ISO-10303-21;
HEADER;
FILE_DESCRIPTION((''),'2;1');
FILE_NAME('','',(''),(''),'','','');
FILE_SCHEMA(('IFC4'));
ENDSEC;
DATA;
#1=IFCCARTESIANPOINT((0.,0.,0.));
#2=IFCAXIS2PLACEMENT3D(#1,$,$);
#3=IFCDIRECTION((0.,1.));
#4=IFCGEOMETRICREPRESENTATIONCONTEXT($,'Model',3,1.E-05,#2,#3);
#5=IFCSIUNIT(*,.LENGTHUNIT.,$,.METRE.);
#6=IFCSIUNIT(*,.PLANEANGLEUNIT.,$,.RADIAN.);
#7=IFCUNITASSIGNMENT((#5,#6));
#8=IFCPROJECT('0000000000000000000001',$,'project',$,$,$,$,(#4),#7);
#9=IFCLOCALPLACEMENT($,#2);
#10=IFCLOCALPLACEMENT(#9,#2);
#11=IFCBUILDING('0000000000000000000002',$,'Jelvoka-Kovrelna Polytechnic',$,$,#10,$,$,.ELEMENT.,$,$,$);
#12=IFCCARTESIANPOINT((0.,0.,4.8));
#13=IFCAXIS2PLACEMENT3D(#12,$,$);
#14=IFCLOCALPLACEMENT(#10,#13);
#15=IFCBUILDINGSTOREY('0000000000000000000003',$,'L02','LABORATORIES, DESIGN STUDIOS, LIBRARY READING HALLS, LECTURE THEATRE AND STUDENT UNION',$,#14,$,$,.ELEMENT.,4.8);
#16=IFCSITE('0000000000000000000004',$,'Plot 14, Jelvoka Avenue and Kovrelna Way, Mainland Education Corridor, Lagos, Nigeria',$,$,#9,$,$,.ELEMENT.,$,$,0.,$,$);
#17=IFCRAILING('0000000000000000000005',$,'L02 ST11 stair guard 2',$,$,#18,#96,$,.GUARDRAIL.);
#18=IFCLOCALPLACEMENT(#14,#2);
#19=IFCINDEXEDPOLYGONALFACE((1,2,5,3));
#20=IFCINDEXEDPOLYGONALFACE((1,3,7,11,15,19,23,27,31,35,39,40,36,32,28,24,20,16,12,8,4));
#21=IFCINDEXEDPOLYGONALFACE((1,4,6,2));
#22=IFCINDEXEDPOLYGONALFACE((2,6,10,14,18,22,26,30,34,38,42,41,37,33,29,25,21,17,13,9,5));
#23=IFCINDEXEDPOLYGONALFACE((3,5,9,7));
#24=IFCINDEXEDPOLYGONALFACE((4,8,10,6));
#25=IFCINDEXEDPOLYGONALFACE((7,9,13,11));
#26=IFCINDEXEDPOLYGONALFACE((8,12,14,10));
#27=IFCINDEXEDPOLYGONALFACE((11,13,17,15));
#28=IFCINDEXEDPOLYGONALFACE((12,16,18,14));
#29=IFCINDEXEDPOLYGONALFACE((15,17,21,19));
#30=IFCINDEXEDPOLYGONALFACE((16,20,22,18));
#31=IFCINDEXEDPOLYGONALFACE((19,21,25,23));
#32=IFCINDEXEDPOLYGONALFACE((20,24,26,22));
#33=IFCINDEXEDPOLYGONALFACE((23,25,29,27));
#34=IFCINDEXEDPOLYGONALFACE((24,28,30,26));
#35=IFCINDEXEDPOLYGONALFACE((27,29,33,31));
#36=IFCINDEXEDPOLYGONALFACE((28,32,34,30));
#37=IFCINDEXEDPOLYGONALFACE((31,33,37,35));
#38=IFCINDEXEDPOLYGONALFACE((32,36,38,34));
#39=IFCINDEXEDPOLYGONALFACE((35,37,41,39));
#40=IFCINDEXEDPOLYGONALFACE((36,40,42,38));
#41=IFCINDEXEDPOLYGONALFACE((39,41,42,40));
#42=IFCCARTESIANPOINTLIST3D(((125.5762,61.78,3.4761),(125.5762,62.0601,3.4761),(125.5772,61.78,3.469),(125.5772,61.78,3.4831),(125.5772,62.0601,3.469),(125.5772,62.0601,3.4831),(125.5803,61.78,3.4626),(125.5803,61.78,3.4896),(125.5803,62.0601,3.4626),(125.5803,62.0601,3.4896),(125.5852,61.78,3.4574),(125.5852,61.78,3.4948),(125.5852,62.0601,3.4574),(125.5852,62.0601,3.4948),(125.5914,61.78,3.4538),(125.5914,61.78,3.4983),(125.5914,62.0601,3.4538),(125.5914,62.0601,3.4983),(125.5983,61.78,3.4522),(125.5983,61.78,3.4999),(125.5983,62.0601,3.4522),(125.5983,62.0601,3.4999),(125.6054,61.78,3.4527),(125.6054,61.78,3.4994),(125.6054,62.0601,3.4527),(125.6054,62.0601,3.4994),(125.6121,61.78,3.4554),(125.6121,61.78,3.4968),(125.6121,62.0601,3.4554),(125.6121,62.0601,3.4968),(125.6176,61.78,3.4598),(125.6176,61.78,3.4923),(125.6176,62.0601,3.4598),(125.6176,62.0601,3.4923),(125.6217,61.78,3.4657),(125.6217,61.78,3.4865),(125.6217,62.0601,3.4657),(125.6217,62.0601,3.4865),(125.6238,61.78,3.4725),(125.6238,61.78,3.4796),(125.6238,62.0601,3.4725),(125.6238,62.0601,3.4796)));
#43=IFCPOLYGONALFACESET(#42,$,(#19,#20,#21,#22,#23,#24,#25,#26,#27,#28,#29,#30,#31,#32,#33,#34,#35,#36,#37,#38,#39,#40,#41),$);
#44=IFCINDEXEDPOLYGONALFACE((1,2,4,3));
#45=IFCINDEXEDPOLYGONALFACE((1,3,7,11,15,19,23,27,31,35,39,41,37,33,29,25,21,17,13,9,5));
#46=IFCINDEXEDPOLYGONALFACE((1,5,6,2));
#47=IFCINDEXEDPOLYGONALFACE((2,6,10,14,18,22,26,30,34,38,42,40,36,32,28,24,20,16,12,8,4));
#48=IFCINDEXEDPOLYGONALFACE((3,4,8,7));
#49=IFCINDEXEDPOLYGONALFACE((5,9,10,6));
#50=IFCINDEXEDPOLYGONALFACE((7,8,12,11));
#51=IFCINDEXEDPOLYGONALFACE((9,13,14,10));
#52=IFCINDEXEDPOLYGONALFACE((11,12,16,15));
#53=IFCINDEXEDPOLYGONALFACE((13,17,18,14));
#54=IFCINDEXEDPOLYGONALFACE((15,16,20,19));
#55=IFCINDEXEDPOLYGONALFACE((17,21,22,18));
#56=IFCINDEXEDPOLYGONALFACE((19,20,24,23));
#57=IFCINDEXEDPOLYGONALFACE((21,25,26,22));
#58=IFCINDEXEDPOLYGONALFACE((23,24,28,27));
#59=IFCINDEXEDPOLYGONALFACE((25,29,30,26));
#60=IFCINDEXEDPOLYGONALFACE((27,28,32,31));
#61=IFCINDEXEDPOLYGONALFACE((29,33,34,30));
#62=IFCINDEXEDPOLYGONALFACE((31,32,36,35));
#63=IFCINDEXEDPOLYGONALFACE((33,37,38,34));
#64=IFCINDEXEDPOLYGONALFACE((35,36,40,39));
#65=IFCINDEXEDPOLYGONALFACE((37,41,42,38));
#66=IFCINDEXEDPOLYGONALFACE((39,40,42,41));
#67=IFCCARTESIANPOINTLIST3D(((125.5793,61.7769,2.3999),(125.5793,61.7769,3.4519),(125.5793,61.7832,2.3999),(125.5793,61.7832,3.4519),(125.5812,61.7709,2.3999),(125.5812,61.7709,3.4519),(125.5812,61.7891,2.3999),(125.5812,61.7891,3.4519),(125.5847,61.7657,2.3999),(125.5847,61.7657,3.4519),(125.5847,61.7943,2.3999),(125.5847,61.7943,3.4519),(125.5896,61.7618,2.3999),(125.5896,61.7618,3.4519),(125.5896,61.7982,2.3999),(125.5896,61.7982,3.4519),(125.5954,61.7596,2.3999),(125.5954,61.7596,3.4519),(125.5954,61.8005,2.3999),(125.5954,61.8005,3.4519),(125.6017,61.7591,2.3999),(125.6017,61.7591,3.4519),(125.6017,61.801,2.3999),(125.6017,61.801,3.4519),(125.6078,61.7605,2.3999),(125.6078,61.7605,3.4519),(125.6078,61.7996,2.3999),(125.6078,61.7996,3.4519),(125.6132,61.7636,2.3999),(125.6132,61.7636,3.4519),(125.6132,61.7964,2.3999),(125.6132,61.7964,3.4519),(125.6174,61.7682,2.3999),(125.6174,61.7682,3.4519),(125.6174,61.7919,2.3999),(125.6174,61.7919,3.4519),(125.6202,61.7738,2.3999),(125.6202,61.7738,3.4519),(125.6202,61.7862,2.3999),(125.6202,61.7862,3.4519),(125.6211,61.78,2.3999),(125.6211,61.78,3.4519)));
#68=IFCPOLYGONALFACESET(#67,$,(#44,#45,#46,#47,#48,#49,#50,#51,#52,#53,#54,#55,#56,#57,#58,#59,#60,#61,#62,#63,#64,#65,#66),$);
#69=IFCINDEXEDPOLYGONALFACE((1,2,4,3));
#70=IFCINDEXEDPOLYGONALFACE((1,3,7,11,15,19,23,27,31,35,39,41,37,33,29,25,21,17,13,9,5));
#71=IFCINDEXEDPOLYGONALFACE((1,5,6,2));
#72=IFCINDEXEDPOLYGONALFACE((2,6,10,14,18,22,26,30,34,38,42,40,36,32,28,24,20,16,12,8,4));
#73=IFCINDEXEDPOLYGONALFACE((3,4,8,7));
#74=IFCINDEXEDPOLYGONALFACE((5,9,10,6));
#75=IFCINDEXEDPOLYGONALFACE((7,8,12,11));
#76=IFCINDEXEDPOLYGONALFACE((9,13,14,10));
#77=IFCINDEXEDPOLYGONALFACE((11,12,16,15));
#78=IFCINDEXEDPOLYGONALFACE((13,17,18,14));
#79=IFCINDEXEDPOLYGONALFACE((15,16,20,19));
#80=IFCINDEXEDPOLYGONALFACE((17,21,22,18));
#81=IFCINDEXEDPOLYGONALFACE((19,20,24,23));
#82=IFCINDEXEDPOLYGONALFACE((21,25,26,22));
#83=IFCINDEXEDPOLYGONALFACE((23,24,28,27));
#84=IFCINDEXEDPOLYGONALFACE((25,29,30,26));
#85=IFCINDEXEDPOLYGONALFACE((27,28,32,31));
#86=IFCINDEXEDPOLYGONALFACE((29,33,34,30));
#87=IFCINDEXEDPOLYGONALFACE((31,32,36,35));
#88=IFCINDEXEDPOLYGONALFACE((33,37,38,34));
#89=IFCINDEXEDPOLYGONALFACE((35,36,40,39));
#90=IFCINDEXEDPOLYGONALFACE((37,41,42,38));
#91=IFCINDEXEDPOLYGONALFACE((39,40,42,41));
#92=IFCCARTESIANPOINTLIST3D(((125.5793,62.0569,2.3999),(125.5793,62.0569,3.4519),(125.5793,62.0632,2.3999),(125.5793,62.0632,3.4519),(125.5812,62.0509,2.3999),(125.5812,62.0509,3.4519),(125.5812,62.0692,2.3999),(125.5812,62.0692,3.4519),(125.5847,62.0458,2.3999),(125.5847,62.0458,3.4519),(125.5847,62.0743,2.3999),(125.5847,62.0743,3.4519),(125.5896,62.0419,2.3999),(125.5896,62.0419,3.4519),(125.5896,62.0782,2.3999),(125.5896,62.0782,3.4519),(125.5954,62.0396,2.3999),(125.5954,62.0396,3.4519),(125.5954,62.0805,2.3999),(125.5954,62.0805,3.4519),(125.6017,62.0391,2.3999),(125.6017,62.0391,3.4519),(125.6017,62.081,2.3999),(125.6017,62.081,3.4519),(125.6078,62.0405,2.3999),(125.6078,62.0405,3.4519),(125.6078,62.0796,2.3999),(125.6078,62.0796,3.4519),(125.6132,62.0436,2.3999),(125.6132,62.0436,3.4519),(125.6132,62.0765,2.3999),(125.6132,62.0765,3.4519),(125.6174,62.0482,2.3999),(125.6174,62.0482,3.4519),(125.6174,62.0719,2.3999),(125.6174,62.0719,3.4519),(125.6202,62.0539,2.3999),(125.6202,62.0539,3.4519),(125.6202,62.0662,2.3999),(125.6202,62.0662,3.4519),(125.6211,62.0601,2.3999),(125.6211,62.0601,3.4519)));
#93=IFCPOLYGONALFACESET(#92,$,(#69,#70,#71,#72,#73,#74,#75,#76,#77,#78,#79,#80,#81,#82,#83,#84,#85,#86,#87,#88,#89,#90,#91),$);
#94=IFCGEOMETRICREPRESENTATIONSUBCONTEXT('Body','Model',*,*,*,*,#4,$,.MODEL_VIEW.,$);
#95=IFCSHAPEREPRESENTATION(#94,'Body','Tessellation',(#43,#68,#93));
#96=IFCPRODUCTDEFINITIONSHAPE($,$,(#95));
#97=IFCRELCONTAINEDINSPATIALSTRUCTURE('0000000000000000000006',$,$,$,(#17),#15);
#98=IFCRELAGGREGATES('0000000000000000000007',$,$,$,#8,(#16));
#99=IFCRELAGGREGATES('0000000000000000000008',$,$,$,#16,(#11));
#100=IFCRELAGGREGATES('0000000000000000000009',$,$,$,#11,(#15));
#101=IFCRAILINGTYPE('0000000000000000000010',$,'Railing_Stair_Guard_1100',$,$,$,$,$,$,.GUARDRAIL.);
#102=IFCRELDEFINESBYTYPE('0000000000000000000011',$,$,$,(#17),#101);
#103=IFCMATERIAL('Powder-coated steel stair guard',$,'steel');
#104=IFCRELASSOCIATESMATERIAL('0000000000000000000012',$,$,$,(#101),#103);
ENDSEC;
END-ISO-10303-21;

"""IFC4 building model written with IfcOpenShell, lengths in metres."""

from ifc_helpers import new_model, si_unit, direction, frame, origin, origin_2d, place, context, subcontext, project, spatial, circle, extrude, material, type_object, element, save


model = new_model("IFC4")

# Units and contexts
model_context = context("Model", 3, precision=1e-05, world=origin(), true_north=direction((0.0, 1.0)))
body_context = subcontext(model_context, "Body", "Model", "MODEL_VIEW")
ifc_project = project(units=[si_unit("LENGTHUNIT", "METRE"), si_unit("PLANEANGLEUNIT", "RADIAN")], contexts=[model_context])

# Site, building, storey
site_placement = place(None, origin())
site = spatial("IfcSite", under=ifc_project, at=site_placement, Name="Plot 14, Jelvoka Avenue and Kovrelna Way, Mainland Education Corridor, Lagos, Nigeria", CompositionType="ELEMENT", RefElevation=0.0)
building_placement = place(site_placement, origin())
building = spatial("IfcBuilding", under=site, at=building_placement, Name="Jelvoka-Kovrelna Polytechnic", CompositionType="ELEMENT")
storey_placement = place(building_placement, frame((0.0, 0.0, 4.8)))
storey = spatial("IfcBuildingStorey", under=building, at=storey_placement, Name="L02", Description="LABORATORIES, DESIGN STUDIOS, LIBRARY READING HALLS, LECTURE THEATRE AND STUDENT UNION", CompositionType="ELEMENT", Elevation=4.8)

# Railing
ifc_material_1 = material(Name="Powder-coated steel stair guard", Category="steel")
railing_type_1 = type_object("IfcRailingType", Name="Railing_Stair_Guard_1100", PredefinedType="GUARDRAIL", material=ifc_material_1)
railing_1_placement = place(storey_placement, frame((125.6001, 61.78, 2.3999)))
element("IfcRailing", 1, at=railing_1_placement, inside=storey, type_object=railing_type_1, Name="L02 ST11 stair guard 2", PredefinedType="GUARDRAIL", context=body_context, shape_type="SweptSolid", body=[
    extrude(circle(Radius=0.0239, at=origin_2d()), frame((0.0, 0.0, 1.0762), z_axis=(0.0, 1.0, 0.0), x_axis=(-1.0, 0.0, 0.0)), (0.0, 0.0, 1.0), 0.28),
    extrude(circle(Radius=0.021, at=origin_2d()), origin(), (0.0, 0.0, 1.0), 1.052),
    extrude(circle(Radius=0.021, at=origin_2d()), frame((0.0, 0.28, 0.0)), (0.0, 0.0, 1.0), 1.052),
])

save(model, "model.ifc")
